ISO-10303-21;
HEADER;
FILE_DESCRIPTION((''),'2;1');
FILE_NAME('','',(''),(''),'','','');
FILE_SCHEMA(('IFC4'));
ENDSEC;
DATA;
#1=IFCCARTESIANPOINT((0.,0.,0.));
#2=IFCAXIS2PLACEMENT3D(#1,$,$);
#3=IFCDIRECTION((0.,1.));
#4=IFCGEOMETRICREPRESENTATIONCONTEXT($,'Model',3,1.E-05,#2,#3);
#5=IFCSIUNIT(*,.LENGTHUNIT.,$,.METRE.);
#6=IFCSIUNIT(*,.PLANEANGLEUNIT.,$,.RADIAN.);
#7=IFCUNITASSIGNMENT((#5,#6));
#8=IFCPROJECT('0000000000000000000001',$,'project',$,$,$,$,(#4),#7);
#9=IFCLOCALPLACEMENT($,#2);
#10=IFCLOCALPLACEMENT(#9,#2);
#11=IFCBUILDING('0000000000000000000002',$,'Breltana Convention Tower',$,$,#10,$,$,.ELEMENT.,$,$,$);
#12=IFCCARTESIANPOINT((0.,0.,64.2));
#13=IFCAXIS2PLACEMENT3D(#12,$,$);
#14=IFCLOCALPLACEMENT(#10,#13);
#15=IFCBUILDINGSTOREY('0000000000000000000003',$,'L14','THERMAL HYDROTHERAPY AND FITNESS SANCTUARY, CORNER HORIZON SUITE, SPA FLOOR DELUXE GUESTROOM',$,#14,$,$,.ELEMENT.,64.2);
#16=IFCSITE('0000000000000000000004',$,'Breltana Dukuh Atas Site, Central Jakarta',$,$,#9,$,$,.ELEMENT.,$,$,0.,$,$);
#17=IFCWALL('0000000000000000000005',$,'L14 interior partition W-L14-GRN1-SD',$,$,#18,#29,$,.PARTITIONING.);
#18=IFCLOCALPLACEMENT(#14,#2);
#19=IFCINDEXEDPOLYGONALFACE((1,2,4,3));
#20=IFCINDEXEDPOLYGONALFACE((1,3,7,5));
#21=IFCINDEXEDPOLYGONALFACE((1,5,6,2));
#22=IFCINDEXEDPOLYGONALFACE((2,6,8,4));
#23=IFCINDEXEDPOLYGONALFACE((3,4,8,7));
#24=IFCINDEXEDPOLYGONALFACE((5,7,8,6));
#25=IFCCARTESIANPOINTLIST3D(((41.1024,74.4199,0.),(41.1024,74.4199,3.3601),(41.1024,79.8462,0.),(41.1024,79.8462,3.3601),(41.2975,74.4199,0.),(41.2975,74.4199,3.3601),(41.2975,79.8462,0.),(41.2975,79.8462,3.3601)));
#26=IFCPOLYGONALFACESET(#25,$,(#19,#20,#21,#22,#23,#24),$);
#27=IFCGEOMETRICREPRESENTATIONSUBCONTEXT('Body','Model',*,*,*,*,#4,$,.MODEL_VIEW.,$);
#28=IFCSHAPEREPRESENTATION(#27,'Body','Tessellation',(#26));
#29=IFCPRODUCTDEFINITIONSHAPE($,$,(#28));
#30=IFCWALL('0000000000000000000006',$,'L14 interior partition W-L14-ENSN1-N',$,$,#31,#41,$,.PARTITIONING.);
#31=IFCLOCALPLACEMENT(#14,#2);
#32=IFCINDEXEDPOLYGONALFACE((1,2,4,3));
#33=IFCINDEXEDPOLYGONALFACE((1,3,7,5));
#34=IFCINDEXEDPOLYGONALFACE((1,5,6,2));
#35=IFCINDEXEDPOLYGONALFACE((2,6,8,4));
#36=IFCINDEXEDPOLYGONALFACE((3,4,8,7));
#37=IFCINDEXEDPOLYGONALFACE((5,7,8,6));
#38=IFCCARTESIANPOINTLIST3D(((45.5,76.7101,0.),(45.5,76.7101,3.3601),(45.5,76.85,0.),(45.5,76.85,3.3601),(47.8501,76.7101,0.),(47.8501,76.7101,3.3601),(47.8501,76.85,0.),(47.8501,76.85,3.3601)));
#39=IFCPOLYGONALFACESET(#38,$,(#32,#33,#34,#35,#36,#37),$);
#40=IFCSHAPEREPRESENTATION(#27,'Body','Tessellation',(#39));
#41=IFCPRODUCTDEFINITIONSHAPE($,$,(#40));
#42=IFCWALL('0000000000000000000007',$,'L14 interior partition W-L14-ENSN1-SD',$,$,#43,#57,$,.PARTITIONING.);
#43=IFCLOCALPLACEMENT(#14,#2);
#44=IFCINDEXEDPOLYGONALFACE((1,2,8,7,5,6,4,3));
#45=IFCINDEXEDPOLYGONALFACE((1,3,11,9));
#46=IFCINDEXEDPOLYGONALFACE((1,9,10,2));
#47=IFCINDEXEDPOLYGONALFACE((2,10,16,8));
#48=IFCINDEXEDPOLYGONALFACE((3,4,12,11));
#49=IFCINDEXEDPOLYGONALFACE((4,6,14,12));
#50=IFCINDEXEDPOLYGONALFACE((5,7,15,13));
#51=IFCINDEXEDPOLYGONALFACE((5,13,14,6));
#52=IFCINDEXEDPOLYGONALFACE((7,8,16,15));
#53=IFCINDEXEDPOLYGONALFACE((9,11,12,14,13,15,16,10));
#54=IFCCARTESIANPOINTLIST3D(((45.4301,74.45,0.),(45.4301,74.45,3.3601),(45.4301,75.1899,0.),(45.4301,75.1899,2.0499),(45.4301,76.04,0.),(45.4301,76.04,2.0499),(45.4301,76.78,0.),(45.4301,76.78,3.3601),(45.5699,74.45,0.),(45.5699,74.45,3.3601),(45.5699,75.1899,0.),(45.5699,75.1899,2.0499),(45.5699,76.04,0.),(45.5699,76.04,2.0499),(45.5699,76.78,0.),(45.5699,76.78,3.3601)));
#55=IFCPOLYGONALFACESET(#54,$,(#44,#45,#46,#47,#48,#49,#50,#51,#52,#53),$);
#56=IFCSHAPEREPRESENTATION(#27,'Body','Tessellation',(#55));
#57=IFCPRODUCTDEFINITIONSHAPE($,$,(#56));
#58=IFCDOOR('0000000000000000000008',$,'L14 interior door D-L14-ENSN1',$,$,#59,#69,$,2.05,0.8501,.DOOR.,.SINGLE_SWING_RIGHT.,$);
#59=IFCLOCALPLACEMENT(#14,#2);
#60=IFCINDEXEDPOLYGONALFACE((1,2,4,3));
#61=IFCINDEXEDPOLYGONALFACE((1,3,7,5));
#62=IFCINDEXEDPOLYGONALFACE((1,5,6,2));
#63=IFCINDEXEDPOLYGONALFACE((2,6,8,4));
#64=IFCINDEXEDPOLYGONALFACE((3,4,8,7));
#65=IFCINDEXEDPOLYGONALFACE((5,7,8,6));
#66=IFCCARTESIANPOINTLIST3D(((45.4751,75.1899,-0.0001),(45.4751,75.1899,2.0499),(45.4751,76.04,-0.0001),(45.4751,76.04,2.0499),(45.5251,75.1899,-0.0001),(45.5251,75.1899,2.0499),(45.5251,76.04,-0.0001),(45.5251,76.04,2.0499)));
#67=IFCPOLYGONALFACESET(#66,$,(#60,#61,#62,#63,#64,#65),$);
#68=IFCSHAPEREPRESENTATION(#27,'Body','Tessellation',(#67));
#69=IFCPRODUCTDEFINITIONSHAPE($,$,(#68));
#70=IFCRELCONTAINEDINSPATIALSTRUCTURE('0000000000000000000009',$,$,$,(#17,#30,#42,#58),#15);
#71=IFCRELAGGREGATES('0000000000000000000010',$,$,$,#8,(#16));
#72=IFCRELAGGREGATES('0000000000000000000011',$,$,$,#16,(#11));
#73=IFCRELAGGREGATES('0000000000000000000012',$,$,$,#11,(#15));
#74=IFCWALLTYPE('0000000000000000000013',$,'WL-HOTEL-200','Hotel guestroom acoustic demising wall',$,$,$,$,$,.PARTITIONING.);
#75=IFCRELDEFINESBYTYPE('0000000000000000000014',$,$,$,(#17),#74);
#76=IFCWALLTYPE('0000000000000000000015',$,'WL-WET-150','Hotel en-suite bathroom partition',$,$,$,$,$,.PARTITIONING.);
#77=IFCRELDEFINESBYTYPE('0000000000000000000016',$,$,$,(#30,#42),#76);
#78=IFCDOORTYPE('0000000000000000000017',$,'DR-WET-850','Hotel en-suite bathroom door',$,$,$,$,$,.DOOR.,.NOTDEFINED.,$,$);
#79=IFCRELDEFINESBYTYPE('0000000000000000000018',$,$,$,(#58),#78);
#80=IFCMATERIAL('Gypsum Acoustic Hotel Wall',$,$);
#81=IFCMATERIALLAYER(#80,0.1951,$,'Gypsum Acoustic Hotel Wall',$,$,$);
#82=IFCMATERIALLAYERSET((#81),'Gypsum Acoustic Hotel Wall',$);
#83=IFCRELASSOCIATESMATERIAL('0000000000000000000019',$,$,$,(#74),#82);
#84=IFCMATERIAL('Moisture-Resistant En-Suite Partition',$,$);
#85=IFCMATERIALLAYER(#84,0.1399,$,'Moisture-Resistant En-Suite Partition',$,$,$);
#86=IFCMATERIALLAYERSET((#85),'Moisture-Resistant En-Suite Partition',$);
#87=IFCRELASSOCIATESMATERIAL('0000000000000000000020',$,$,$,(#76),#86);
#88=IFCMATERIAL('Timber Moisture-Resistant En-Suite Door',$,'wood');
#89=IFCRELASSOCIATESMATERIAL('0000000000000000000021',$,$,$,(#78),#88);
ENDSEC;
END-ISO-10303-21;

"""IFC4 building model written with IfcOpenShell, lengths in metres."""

from ifc_helpers import new_model, si_unit, direction, frame, frame_2d, origin, place, context, subcontext, project, spatial, rectangle, extrude, source, transform, mapped, material, layer, layer_set, type_object, type_shapes, element, fill, save


model = new_model("IFC4")

# Units and contexts
model_context = context("Model", 3, precision=1e-05, world=origin(), true_north=direction((0.0, 1.0)))
body_context = subcontext(model_context, "Body", "Model", "MODEL_VIEW")
ifc_project = project(units=[si_unit("LENGTHUNIT", "METRE"), si_unit("PLANEANGLEUNIT", "RADIAN")], contexts=[model_context])

# Site, building, storey
site_placement = place(None, origin())
site = spatial("IfcSite", under=ifc_project, at=site_placement, Name="Breltana Dukuh Atas Site, Central Jakarta", CompositionType="ELEMENT", RefElevation=0.0)
building_placement = place(site_placement, origin())
building = spatial("IfcBuilding", under=site, at=building_placement, Name="Breltana Convention Tower", CompositionType="ELEMENT")
storey_placement = place(building_placement, frame((0.0, 0.0, 64.2)))
storey = spatial("IfcBuildingStorey", under=building, at=storey_placement, Name="L14", Description="THERMAL HYDROTHERAPY AND FITNESS SANCTUARY, CORNER HORIZON SUITE, SPA FLOOR DELUXE GUESTROOM", CompositionType="ELEMENT", Elevation=64.2)

# Shared definitions
ifc_material_1 = material(Name="Gypsum Acoustic Hotel Wall")
ifc_layer_1 = layer(ifc_material_1, 0.1951, Name="Gypsum Acoustic Hotel Wall")
ifc_layer_set_1 = layer_set([ifc_layer_1], Name="Gypsum Acoustic Hotel Wall")
wall_type_1 = type_object("IfcWallType", Name="WL-HOTEL-200", Description="Hotel guestroom acoustic demising wall", PredefinedType="PARTITIONING", material=ifc_layer_set_1)

# Walls
shared_shape_1 = source(origin(), body_context, "Body", "SweptSolid", [
    extrude(rectangle(XDim=5.4263, YDim=0.1951, at=frame_2d((2.7131, 0.0))), origin(), (0.0, 0.0, 1.0), 3.3601),
])
wall_1_placement = place(storey_placement, frame((41.2, 74.4199, 0.0), z_axis=(0.0, 0.0, 1.0), x_axis=(0.0, 1.0, 0.0)))
element("IfcWall", 1, at=wall_1_placement, inside=storey, type_object=wall_type_1, Name="L14 interior partition W-L14-GRN1-SD", PredefinedType="PARTITIONING", context=body_context, shape_type="MappedRepresentation", body=[
    mapped(shared_shape_1, transform((0.0, 0.0, 0.0), scale=1.0)),
])
ifc_material_2 = material(Name="Moisture-Resistant En-Suite Partition")
ifc_layer_2 = layer(ifc_material_2, 0.1399, Name="Moisture-Resistant En-Suite Partition")
ifc_layer_set_2 = layer_set([ifc_layer_2], Name="Moisture-Resistant En-Suite Partition")
wall_type_2 = type_object("IfcWallType", Name="WL-WET-150", Description="Hotel en-suite bathroom partition", PredefinedType="PARTITIONING", material=ifc_layer_set_2)
shared_shape_2 = source(origin(), body_context, "Body", "SweptSolid", [
    extrude(rectangle(XDim=2.3501, YDim=0.1399, at=frame_2d((1.175, 0.0))), origin(), (0.0, 0.0, 1.0), 3.3601),
])
type_shapes(wall_type_2, [shared_shape_2])
wall_2_placement = place(storey_placement, frame((45.5, 76.78, 0.0), z_axis=(0.0, 0.0, 1.0), x_axis=(1.0, 0.0, 0.0)))
element("IfcWall", 2, at=wall_2_placement, inside=storey, type_object=wall_type_2, Name="L14 interior partition W-L14-ENSN1-N", PredefinedType="PARTITIONING", context=body_context, shape_type="MappedRepresentation", body=[
    mapped(shared_shape_2, transform((0.0, 0.0, 0.0), scale=1.0)),
])

# Wall, opening, door
shared_shape_3 = source(origin(), body_context, "Body", "SweptSolid", [
    extrude(rectangle(XDim=2.3301, YDim=0.1399, at=frame_2d((1.165, 0.0))), origin(), (0.0, 0.0, 1.0), 3.3601),
])
wall_3_placement = place(storey_placement, frame((45.5, 74.45, 0.0), z_axis=(0.0, 0.0, 1.0), x_axis=(0.0, 1.0, 0.0)))
wall_3 = element("IfcWall", 3, at=wall_3_placement, inside=storey, type_object=wall_type_2, Name="L14 interior partition W-L14-ENSN1-SD", PredefinedType="PARTITIONING", context=body_context, shape_type="MappedRepresentation", body=[
    mapped(shared_shape_3, transform((0.0, 0.0, 0.0), scale=1.0)),
])
opening_1_placement = place(wall_3_placement, frame((0.74, 0.0, 0.0)))
opening_1 = element("IfcOpeningElement", 4, at=opening_1_placement, cuts=wall_3, PredefinedType="OPENING", context=body_context, shape_type="SweptSolid", body=[
    extrude(rectangle(XDim=0.8501, YDim=2.05, at=frame_2d((0.425, 1.0249))), frame((0.0, 0.0801, 0.0), z_axis=(0.0, -1.0, 0.0), x_axis=(1.0, 0.0, 0.0)), (0.0, 0.0, 1.0), 0.1599),
])
ifc_material_3 = material(Name="Timber Moisture-Resistant En-Suite Door", Category="wood")
door_type_1 = type_object("IfcDoorType", Name="DR-WET-850", Description="Hotel en-suite bathroom door", OperationType="NOTDEFINED", PredefinedType="DOOR", material=ifc_material_3)
shared_shape_4 = source(origin(), body_context, "Body", "SweptSolid", [
    extrude(rectangle(XDim=0.8501, YDim=2.05, at=frame_2d((0.425, 1.0249))), frame((0.0, 0.0249, 0.0), z_axis=(0.0, -1.0, 0.0), x_axis=(1.0, 0.0, 0.0)), (0.0, 0.0, 1.0), 0.05),
])
type_shapes(door_type_1, [shared_shape_4])
door_1_placement = place(opening_1_placement, origin())
door_1 = element("IfcDoor", 5, at=door_1_placement, inside=storey, type_object=door_type_1, Name="L14 interior door D-L14-ENSN1", OperationType="SINGLE_SWING_RIGHT", OverallHeight=2.05, OverallWidth=0.8501, PredefinedType="DOOR", context=body_context, shape_type="MappedRepresentation", body=[
    mapped(shared_shape_4, transform((0.0, 0.0, 0.0), scale=1.0)),
])
fill(opening_1, door_1)

save(model, "model.ifc")
